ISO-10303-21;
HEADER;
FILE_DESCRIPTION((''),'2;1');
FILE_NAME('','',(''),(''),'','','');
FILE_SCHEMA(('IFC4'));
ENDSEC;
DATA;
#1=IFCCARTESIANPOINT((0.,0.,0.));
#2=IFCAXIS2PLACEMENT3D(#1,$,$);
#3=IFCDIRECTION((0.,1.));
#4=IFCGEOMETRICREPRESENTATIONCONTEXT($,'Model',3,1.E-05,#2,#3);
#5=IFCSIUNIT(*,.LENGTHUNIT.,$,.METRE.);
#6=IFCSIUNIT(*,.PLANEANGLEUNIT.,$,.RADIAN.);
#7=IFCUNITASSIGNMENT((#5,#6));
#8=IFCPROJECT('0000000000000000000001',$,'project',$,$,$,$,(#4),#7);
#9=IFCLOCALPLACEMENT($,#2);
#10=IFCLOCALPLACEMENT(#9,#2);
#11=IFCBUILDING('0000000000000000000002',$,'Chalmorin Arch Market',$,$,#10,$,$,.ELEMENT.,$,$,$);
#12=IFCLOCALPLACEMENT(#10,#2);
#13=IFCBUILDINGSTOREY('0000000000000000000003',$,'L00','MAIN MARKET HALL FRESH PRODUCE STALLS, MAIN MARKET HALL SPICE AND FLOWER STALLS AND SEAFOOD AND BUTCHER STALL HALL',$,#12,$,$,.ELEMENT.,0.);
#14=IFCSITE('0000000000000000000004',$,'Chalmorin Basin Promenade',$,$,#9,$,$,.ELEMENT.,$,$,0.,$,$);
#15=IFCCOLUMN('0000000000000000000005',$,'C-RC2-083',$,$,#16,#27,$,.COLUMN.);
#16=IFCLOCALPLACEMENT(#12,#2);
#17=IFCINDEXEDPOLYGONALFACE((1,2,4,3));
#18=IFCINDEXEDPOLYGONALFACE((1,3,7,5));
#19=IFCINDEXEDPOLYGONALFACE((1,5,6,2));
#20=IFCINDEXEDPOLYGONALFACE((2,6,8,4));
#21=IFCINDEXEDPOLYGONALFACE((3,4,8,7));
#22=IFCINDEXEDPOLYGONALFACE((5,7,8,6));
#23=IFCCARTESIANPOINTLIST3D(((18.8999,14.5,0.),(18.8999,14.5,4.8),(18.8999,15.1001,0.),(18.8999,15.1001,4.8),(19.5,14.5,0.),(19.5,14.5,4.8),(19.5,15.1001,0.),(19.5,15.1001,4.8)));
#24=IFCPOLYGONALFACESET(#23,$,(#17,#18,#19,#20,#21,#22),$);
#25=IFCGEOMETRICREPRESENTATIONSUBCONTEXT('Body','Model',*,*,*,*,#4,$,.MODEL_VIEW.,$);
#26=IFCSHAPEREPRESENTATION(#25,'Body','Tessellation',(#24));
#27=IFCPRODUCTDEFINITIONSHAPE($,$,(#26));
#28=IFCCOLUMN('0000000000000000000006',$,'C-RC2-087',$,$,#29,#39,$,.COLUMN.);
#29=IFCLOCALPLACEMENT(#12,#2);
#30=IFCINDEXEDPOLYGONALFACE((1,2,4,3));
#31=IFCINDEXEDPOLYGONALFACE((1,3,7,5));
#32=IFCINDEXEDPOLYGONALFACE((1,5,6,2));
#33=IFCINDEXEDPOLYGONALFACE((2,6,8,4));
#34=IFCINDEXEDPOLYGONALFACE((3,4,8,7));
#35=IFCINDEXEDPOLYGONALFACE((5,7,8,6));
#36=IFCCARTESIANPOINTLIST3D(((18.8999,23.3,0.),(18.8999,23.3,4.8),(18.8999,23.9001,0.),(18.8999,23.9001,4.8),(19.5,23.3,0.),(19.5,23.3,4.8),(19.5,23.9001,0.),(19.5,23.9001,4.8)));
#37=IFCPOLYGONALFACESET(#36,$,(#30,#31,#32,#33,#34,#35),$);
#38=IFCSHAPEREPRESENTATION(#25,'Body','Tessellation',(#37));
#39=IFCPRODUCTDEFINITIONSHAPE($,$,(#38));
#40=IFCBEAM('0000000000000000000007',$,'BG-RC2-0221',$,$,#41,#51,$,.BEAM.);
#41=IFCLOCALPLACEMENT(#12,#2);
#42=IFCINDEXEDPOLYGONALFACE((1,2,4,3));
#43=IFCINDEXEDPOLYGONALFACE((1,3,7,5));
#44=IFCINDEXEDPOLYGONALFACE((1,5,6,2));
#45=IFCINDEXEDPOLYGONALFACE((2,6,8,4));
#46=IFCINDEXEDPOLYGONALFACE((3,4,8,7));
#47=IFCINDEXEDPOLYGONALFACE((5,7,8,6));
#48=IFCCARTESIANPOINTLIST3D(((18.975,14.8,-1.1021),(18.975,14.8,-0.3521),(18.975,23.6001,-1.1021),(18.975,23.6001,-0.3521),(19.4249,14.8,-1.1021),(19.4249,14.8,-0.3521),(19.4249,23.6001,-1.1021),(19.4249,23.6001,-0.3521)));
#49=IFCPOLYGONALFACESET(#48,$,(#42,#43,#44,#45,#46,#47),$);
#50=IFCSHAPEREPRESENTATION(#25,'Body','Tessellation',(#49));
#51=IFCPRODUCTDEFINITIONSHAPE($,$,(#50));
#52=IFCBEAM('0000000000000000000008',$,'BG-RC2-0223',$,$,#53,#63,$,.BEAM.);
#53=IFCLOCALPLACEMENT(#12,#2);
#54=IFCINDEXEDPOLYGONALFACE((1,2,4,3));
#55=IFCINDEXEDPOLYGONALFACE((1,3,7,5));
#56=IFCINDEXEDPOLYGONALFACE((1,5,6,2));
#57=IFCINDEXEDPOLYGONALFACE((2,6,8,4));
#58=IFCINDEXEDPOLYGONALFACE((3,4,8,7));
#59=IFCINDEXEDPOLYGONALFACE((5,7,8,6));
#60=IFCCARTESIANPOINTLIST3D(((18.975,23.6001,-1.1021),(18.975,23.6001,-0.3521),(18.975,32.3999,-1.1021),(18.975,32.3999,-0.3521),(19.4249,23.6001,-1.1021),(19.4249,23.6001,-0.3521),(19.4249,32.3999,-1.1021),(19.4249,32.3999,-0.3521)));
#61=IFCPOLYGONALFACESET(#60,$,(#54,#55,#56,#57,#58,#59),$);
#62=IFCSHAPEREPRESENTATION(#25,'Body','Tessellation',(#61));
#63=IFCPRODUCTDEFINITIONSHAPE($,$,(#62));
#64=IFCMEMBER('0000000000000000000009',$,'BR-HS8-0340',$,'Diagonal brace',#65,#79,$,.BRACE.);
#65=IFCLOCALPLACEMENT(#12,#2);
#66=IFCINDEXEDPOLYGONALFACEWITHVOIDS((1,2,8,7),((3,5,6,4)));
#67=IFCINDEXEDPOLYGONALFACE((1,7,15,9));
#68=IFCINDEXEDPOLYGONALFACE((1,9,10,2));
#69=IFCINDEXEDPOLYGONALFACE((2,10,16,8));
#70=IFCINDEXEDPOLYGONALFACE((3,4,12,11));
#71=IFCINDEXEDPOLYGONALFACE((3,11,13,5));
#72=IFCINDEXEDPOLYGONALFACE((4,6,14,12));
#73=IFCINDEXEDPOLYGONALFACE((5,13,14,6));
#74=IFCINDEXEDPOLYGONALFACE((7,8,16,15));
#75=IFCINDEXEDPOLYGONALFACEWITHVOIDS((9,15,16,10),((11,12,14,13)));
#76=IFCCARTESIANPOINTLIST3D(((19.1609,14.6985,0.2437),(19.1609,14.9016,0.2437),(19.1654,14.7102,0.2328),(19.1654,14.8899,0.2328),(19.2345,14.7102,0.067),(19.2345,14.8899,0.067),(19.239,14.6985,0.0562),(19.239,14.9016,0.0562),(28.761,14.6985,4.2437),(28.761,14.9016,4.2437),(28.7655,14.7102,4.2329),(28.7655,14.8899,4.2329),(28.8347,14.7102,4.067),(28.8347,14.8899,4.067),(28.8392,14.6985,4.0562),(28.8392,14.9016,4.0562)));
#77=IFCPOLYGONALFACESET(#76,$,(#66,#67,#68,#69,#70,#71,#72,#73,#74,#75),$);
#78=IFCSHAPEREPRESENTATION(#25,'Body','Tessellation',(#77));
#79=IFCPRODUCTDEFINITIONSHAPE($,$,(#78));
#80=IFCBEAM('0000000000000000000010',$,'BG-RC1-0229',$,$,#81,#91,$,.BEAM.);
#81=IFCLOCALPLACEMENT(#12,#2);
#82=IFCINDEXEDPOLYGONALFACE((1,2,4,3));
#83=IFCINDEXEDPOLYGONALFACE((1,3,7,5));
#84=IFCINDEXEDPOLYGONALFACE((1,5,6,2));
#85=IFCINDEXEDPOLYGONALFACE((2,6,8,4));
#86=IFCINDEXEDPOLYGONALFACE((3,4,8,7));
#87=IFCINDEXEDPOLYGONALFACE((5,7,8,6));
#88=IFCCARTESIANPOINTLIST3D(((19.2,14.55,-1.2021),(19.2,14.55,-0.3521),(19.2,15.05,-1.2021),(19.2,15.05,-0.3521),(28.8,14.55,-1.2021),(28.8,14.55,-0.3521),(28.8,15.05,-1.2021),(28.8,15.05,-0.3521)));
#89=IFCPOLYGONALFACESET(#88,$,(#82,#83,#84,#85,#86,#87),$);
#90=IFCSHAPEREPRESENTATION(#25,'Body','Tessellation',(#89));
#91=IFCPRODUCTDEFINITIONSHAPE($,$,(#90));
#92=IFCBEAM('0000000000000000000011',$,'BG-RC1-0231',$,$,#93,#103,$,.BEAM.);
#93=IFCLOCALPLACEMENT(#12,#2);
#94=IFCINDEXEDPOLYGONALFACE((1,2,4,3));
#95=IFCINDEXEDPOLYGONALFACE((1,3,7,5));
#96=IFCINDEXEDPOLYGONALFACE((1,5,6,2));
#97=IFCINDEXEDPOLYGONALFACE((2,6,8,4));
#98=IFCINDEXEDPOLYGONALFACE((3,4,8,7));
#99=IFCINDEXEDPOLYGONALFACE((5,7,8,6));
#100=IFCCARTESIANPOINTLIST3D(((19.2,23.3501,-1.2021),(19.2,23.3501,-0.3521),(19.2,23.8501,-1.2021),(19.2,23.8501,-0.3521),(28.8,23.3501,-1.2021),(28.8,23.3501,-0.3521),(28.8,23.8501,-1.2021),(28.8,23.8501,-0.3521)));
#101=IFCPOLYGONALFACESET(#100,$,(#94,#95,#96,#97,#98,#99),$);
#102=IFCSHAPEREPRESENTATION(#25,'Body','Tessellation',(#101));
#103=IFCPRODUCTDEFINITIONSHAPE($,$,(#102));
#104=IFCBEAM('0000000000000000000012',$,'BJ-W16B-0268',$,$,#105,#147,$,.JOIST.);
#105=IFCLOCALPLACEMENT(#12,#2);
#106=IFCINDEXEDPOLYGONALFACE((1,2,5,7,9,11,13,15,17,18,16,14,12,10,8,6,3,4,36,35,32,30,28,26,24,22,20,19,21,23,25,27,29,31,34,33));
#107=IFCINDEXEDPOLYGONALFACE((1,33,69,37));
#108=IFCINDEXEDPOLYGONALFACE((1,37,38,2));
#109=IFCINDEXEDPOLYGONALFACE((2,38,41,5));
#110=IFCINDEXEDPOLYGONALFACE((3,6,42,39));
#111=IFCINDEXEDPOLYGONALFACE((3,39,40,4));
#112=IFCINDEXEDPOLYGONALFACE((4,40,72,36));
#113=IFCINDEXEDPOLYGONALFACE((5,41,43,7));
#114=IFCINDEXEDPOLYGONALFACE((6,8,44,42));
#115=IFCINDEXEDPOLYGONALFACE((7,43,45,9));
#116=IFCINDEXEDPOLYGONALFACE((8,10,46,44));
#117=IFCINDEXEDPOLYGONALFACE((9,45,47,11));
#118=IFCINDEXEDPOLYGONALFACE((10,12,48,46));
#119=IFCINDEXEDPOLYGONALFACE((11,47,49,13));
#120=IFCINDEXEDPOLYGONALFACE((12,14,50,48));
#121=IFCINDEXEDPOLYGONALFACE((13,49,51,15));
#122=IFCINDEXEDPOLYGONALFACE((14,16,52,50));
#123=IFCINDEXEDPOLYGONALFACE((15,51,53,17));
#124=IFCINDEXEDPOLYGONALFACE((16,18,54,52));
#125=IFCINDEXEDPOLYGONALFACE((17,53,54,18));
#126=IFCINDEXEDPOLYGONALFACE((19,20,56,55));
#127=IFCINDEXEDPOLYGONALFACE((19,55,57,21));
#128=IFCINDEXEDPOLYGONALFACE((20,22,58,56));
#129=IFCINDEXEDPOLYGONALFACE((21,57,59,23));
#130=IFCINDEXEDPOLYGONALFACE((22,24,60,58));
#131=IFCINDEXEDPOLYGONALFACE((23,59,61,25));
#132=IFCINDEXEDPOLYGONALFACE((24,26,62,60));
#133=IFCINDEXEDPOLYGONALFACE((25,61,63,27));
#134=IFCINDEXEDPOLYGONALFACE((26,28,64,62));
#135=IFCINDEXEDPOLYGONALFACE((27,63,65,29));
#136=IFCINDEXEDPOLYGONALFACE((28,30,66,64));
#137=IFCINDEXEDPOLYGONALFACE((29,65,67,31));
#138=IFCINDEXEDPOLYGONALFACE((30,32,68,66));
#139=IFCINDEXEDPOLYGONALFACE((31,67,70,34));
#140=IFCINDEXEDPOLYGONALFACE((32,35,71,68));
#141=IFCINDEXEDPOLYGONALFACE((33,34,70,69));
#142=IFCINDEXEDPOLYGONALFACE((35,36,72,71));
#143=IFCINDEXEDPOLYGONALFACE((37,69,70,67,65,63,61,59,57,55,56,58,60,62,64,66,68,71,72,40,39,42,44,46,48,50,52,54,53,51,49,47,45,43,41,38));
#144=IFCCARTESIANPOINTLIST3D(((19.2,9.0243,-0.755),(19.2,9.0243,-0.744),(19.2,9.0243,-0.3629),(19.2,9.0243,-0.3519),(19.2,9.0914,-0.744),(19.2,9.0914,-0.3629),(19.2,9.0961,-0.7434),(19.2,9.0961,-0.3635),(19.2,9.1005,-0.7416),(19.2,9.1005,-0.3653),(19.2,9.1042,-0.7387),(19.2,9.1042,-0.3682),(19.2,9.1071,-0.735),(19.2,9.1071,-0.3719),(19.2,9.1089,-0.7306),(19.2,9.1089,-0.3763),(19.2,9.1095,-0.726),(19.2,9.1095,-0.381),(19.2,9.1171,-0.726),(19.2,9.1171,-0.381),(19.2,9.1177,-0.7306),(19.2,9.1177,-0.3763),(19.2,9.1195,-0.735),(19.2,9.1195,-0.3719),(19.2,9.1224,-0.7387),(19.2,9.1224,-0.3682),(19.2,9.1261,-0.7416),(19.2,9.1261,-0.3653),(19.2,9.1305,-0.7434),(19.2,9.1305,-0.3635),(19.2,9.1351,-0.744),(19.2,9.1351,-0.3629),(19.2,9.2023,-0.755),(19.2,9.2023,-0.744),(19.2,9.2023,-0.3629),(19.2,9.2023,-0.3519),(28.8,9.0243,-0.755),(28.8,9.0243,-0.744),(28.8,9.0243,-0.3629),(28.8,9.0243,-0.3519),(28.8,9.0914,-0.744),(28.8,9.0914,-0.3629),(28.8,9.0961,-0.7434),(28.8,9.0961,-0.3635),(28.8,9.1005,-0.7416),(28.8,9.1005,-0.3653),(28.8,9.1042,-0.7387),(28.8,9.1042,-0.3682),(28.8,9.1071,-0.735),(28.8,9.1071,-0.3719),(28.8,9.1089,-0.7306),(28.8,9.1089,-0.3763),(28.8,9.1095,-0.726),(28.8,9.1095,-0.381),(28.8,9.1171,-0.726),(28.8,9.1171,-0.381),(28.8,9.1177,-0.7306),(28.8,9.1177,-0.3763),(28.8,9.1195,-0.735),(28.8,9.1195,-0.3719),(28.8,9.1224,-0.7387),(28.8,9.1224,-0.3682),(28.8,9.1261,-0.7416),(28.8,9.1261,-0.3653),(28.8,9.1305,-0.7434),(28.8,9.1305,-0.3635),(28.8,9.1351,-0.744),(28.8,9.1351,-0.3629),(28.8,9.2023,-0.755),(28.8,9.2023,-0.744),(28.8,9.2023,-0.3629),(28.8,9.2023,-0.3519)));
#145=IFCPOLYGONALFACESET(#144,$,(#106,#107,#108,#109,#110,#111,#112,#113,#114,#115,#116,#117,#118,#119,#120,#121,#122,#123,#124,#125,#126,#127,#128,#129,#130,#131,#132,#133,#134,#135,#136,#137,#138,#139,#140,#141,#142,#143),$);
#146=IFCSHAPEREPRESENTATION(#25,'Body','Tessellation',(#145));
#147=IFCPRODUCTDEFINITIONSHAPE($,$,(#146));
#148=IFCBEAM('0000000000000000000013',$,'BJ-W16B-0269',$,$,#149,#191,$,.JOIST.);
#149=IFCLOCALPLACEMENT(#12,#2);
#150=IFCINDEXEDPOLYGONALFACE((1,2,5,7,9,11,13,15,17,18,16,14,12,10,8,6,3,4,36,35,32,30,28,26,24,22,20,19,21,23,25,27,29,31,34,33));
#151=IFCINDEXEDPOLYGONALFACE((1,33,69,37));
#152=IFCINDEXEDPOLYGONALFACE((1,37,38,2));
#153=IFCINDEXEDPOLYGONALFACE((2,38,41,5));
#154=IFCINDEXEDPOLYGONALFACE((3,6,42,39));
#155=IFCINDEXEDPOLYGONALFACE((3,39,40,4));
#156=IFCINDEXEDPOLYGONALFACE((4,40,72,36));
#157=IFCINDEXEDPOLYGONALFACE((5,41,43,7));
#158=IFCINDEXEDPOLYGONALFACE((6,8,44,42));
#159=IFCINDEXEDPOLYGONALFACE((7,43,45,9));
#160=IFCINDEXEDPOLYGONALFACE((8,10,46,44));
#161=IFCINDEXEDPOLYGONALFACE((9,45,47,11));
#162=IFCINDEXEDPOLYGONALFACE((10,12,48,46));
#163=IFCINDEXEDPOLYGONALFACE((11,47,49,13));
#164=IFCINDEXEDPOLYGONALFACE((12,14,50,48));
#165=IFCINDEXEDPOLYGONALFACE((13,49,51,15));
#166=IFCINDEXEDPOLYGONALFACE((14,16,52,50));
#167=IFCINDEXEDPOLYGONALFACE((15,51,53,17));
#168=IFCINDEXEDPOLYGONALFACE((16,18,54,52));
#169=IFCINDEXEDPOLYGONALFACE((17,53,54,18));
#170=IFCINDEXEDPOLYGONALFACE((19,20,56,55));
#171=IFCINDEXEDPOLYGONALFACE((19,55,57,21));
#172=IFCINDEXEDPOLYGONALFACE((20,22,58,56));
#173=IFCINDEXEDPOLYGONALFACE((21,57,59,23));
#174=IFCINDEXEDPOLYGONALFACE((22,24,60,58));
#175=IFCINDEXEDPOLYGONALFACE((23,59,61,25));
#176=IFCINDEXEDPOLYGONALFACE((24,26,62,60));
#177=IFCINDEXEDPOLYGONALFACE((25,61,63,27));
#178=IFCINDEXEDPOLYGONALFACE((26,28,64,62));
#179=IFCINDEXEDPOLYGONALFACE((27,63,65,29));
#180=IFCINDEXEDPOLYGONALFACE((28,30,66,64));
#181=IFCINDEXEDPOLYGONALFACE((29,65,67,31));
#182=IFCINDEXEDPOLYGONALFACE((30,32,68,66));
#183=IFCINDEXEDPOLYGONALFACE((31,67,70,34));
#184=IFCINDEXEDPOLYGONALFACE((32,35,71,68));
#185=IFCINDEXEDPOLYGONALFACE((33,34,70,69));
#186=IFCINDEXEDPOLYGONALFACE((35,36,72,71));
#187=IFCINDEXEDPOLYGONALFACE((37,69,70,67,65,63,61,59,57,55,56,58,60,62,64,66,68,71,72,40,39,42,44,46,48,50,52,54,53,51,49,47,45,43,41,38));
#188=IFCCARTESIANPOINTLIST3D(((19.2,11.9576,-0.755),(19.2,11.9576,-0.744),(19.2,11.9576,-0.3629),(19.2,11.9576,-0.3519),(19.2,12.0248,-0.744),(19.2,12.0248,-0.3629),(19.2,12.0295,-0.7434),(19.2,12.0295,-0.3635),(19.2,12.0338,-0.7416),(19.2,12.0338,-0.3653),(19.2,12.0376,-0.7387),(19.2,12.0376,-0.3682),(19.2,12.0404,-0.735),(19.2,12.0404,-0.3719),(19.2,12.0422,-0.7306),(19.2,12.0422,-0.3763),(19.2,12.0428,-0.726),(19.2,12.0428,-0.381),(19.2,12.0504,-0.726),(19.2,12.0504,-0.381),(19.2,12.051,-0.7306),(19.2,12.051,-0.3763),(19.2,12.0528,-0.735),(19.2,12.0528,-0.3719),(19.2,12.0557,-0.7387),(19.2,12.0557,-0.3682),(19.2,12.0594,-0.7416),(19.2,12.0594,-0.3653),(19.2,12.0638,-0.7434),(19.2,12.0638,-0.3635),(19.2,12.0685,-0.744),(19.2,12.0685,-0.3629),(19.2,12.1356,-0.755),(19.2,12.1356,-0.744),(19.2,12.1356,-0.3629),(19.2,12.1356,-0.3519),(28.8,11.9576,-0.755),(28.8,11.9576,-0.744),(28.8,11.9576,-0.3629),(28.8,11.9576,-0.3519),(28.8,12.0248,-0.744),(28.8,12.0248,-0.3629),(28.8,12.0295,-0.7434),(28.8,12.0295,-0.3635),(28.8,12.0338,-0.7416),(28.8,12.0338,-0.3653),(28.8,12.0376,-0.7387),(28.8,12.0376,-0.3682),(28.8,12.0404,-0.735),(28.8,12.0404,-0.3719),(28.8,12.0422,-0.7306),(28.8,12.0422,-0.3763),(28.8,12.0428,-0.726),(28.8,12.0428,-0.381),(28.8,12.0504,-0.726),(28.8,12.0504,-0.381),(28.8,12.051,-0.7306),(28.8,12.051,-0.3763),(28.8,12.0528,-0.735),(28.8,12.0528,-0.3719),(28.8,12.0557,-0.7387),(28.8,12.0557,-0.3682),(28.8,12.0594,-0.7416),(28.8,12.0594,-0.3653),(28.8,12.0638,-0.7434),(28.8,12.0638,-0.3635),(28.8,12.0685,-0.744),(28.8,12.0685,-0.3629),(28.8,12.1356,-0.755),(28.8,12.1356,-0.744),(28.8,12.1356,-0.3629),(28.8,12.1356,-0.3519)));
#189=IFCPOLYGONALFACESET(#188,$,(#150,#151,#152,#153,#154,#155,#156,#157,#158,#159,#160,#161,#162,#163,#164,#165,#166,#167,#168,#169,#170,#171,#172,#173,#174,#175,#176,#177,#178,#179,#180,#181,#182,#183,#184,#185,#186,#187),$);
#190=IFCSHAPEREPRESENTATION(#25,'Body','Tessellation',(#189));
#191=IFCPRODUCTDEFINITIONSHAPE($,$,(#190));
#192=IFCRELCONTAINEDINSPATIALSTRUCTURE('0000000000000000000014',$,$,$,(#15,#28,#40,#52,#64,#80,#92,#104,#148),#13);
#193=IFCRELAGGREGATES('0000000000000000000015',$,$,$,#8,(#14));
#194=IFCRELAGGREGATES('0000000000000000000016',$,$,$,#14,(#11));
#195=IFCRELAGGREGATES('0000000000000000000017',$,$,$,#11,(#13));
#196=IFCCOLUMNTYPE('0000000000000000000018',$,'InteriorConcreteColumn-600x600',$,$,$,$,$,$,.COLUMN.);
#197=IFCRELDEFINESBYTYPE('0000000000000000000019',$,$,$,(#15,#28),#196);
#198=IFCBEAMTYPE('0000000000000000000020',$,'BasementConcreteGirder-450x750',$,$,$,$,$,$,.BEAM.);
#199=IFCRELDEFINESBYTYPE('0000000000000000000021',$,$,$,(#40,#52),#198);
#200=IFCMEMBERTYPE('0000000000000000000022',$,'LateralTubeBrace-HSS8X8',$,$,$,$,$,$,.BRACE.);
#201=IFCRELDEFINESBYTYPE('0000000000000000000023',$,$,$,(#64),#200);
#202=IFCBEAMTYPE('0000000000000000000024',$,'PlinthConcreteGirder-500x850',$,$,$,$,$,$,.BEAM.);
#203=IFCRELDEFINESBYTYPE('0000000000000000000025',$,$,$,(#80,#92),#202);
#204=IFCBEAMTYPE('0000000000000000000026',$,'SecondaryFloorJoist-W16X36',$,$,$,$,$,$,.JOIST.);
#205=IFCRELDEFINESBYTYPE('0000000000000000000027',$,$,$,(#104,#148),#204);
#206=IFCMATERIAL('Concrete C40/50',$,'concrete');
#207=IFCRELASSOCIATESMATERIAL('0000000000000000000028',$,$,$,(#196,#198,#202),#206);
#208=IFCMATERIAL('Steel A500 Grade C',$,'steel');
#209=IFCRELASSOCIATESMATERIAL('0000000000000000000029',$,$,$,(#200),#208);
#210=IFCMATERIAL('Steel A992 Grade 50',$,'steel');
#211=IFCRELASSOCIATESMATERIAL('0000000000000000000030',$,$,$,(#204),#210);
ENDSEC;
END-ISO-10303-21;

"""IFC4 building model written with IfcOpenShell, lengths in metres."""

from ifc_helpers import new_model, si_unit, direction, frame, origin, origin_2d, place, context, subcontext, project, spatial, rectangle, hollow_rectangle, i_section, extrude, material, material_profile, profile_set, type_object, element, save


model = new_model("IFC4")

# Units and contexts
model_context = context("Model", 3, precision=1e-05, world=origin(), true_north=direction((0.0, 1.0)))
body_context = subcontext(model_context, "Body", "Model", "MODEL_VIEW")
ifc_project = project(units=[si_unit("LENGTHUNIT", "METRE"), si_unit("PLANEANGLEUNIT", "RADIAN")], contexts=[model_context])

# Site, building, storey
site_placement = place(None, origin())
site = spatial("IfcSite", under=ifc_project, at=site_placement, Name="Chalmorin Basin Promenade", CompositionType="ELEMENT", RefElevation=0.0)
building_placement = place(site_placement, origin())
building = spatial("IfcBuilding", under=site, at=building_placement, Name="Chalmorin Arch Market", CompositionType="ELEMENT")
storey_placement = place(building_placement, origin())
storey = spatial("IfcBuildingStorey", under=building, at=storey_placement, Name="L00", Description="MAIN MARKET HALL FRESH PRODUCE STALLS, MAIN MARKET HALL SPICE AND FLOWER STALLS AND SEAFOOD AND BUTCHER STALL HALL", CompositionType="ELEMENT", Elevation=0.0)

# Columns
ifc_material_1 = material(Name="Concrete C40/50", Category="concrete")
ifc_material_profile_1 = material_profile(ifc_material_1, rectangle(XDim=0.6001, YDim=0.6001, at=origin_2d()), Name="RC600X600")
ifc_profile_set_1 = profile_set([ifc_material_profile_1], Name="Concrete C40/50")
column_type = type_object("IfcColumnType", Name="InteriorConcreteColumn-600x600", PredefinedType="COLUMN", material=ifc_profile_set_1)
for number, where, z_axis, x_axis, name in (
    (1, (19.2, 14.8, 0.0), (0.0, 0.0, 1.0), (1.0, 0.0, 0.0), "C-RC2-083"),
    (2, (19.2, 23.6001, 0.0), (0.0, 0.0, 1.0), (1.0, 0.0, 0.0), "C-RC2-087"),
):
    element("IfcColumn", number, at=place(storey_placement, frame(where, z_axis=z_axis, x_axis=x_axis)), inside=storey, type_object=column_type, Name=name, PredefinedType="COLUMN", context=body_context, shape_type="SweptSolid", body=[
        extrude(rectangle(XDim=0.6001, YDim=0.6001, at=origin_2d()), origin(), (0.0, 0.0, 1.0), 4.8),
    ])

# Beams
ifc_material_profile_2 = material_profile(ifc_material_1, rectangle(XDim=0.45, YDim=0.75, at=origin_2d()), Name="RC450X750")
ifc_profile_set_2 = profile_set([ifc_material_profile_2], Name="Concrete C40/50")
beam_type_1 = type_object("IfcBeamType", Name="BasementConcreteGirder-450x750", PredefinedType="BEAM", material=ifc_profile_set_2)
beam_1_placement = place(storey_placement, frame((19.2, 14.8, -0.7271), z_axis=(0.0, 1.0, 0.0), x_axis=(-1.0, 0.0, 0.0)))
element("IfcBeam", 3, at=beam_1_placement, inside=storey, type_object=beam_type_1, Name="BG-RC2-0221", PredefinedType="BEAM", context=body_context, shape_type="SweptSolid", body=[
    extrude(rectangle(XDim=0.45, YDim=0.75, at=origin_2d()), origin(), (0.0, 0.0, 1.0), 8.8),
])
beam_2_placement = place(storey_placement, frame((19.2, 23.6001, -0.7271), z_axis=(0.0, 1.0, 0.0), x_axis=(-1.0, 0.0, 0.0)))
element("IfcBeam", 4, at=beam_2_placement, inside=storey, type_object=beam_type_1, Name="BG-RC2-0223", PredefinedType="BEAM", context=body_context, shape_type="SweptSolid", body=[
    extrude(rectangle(XDim=0.45, YDim=0.75, at=origin_2d()), origin(), (0.0, 0.0, 1.0), 8.7998),
])

# Member
ifc_material_2 = material(Name="Steel A500 Grade C", Category="steel")
ifc_material_profile_3 = material_profile(ifc_material_2, hollow_rectangle(XDim=0.2031, YDim=0.2031, WallThickness=0.0117, at=origin_2d()), Name="HSS8X8X1/2")
ifc_profile_set_3 = profile_set([ifc_material_profile_3], Name="Steel A500 Grade C")
member_type = type_object("IfcMemberType", Name="LateralTubeBrace-HSS8X8", PredefinedType="BRACE", material=ifc_profile_set_3)
member_placement = place(storey_placement, frame((19.2, 14.8, 0.1499), z_axis=(0.923078, 0.0, 0.384612), x_axis=(0.0, 1.0, 0.0)))
element("IfcMember", 5, at=member_placement, inside=storey, type_object=member_type, Name="BR-HS8-0340", ObjectType="Diagonal brace", PredefinedType="BRACE", context=body_context, shape_type="SweptSolid", body=[
    extrude(hollow_rectangle(XDim=0.2031, YDim=0.2031, WallThickness=0.0117, at=origin_2d()), origin(), (0.0, 0.0, 1.0), 10.4001),
])

# Beams
ifc_material_profile_4 = material_profile(ifc_material_1, rectangle(XDim=0.5, YDim=0.8501, at=origin_2d()), Name="RC500X850")
ifc_profile_set_4 = profile_set([ifc_material_profile_4], Name="Concrete C40/50")
beam_type_2 = type_object("IfcBeamType", Name="PlinthConcreteGirder-500x850", PredefinedType="BEAM", material=ifc_profile_set_4)
for number, where, z_axis, x_axis, name in (
    (6, (19.2, 14.8, -0.7771), (1.0, 0.0, 0.0), (0.0, 1.0, 0.0), "BG-RC1-0229"),
    (7, (19.2, 23.6001, -0.7771), (1.0, 0.0, 0.0), (0.0, 1.0, 0.0), "BG-RC1-0231"),
):
    element("IfcBeam", number, at=place(storey_placement, frame(where, z_axis=z_axis, x_axis=x_axis)), inside=storey, type_object=beam_type_2, Name=name, PredefinedType="BEAM", context=body_context, shape_type="SweptSolid", body=[
        extrude(rectangle(XDim=0.5, YDim=0.8501, at=origin_2d()), origin(), (0.0, 0.0, 1.0), 9.6001),
    ])
ifc_material_3 = material(Name="Steel A992 Grade 50", Category="steel")
ifc_material_profile_5 = material_profile(ifc_material_3, i_section(OverallWidth=0.178, OverallDepth=0.4031, WebThickness=0.0076, FlangeThickness=0.011, FilletRadius=0.0181, at=origin_2d()), Name="W16X36")
ifc_profile_set_5 = profile_set([ifc_material_profile_5], Name="Steel A992 Grade 50")
beam_type_3 = type_object("IfcBeamType", Name="SecondaryFloorJoist-W16X36", PredefinedType="JOIST", material=ifc_profile_set_5)
for number, where, z_axis, x_axis, name in (
    (8, (19.2, 9.1133, -0.5535), (1.0, 0.0, 0.0), (0.0, 1.0, 0.0), "BJ-W16B-0268"),
    (9, (19.2, 12.0466, -0.5535), (1.0, 0.0, 0.0), (0.0, 1.0, 0.0), "BJ-W16B-0269"),
):
    element("IfcBeam", number, at=place(storey_placement, frame(where, z_axis=z_axis, x_axis=x_axis)), inside=storey, type_object=beam_type_3, Name=name, PredefinedType="JOIST", context=body_context, shape_type="SweptSolid", body=[
        extrude(i_section(OverallWidth=0.178, OverallDepth=0.4031, WebThickness=0.0076, FlangeThickness=0.011, FilletRadius=0.0181, at=origin_2d()), origin(), (0.0, 0.0, 1.0), 9.6001),
    ])

save(model, "model.ifc")
